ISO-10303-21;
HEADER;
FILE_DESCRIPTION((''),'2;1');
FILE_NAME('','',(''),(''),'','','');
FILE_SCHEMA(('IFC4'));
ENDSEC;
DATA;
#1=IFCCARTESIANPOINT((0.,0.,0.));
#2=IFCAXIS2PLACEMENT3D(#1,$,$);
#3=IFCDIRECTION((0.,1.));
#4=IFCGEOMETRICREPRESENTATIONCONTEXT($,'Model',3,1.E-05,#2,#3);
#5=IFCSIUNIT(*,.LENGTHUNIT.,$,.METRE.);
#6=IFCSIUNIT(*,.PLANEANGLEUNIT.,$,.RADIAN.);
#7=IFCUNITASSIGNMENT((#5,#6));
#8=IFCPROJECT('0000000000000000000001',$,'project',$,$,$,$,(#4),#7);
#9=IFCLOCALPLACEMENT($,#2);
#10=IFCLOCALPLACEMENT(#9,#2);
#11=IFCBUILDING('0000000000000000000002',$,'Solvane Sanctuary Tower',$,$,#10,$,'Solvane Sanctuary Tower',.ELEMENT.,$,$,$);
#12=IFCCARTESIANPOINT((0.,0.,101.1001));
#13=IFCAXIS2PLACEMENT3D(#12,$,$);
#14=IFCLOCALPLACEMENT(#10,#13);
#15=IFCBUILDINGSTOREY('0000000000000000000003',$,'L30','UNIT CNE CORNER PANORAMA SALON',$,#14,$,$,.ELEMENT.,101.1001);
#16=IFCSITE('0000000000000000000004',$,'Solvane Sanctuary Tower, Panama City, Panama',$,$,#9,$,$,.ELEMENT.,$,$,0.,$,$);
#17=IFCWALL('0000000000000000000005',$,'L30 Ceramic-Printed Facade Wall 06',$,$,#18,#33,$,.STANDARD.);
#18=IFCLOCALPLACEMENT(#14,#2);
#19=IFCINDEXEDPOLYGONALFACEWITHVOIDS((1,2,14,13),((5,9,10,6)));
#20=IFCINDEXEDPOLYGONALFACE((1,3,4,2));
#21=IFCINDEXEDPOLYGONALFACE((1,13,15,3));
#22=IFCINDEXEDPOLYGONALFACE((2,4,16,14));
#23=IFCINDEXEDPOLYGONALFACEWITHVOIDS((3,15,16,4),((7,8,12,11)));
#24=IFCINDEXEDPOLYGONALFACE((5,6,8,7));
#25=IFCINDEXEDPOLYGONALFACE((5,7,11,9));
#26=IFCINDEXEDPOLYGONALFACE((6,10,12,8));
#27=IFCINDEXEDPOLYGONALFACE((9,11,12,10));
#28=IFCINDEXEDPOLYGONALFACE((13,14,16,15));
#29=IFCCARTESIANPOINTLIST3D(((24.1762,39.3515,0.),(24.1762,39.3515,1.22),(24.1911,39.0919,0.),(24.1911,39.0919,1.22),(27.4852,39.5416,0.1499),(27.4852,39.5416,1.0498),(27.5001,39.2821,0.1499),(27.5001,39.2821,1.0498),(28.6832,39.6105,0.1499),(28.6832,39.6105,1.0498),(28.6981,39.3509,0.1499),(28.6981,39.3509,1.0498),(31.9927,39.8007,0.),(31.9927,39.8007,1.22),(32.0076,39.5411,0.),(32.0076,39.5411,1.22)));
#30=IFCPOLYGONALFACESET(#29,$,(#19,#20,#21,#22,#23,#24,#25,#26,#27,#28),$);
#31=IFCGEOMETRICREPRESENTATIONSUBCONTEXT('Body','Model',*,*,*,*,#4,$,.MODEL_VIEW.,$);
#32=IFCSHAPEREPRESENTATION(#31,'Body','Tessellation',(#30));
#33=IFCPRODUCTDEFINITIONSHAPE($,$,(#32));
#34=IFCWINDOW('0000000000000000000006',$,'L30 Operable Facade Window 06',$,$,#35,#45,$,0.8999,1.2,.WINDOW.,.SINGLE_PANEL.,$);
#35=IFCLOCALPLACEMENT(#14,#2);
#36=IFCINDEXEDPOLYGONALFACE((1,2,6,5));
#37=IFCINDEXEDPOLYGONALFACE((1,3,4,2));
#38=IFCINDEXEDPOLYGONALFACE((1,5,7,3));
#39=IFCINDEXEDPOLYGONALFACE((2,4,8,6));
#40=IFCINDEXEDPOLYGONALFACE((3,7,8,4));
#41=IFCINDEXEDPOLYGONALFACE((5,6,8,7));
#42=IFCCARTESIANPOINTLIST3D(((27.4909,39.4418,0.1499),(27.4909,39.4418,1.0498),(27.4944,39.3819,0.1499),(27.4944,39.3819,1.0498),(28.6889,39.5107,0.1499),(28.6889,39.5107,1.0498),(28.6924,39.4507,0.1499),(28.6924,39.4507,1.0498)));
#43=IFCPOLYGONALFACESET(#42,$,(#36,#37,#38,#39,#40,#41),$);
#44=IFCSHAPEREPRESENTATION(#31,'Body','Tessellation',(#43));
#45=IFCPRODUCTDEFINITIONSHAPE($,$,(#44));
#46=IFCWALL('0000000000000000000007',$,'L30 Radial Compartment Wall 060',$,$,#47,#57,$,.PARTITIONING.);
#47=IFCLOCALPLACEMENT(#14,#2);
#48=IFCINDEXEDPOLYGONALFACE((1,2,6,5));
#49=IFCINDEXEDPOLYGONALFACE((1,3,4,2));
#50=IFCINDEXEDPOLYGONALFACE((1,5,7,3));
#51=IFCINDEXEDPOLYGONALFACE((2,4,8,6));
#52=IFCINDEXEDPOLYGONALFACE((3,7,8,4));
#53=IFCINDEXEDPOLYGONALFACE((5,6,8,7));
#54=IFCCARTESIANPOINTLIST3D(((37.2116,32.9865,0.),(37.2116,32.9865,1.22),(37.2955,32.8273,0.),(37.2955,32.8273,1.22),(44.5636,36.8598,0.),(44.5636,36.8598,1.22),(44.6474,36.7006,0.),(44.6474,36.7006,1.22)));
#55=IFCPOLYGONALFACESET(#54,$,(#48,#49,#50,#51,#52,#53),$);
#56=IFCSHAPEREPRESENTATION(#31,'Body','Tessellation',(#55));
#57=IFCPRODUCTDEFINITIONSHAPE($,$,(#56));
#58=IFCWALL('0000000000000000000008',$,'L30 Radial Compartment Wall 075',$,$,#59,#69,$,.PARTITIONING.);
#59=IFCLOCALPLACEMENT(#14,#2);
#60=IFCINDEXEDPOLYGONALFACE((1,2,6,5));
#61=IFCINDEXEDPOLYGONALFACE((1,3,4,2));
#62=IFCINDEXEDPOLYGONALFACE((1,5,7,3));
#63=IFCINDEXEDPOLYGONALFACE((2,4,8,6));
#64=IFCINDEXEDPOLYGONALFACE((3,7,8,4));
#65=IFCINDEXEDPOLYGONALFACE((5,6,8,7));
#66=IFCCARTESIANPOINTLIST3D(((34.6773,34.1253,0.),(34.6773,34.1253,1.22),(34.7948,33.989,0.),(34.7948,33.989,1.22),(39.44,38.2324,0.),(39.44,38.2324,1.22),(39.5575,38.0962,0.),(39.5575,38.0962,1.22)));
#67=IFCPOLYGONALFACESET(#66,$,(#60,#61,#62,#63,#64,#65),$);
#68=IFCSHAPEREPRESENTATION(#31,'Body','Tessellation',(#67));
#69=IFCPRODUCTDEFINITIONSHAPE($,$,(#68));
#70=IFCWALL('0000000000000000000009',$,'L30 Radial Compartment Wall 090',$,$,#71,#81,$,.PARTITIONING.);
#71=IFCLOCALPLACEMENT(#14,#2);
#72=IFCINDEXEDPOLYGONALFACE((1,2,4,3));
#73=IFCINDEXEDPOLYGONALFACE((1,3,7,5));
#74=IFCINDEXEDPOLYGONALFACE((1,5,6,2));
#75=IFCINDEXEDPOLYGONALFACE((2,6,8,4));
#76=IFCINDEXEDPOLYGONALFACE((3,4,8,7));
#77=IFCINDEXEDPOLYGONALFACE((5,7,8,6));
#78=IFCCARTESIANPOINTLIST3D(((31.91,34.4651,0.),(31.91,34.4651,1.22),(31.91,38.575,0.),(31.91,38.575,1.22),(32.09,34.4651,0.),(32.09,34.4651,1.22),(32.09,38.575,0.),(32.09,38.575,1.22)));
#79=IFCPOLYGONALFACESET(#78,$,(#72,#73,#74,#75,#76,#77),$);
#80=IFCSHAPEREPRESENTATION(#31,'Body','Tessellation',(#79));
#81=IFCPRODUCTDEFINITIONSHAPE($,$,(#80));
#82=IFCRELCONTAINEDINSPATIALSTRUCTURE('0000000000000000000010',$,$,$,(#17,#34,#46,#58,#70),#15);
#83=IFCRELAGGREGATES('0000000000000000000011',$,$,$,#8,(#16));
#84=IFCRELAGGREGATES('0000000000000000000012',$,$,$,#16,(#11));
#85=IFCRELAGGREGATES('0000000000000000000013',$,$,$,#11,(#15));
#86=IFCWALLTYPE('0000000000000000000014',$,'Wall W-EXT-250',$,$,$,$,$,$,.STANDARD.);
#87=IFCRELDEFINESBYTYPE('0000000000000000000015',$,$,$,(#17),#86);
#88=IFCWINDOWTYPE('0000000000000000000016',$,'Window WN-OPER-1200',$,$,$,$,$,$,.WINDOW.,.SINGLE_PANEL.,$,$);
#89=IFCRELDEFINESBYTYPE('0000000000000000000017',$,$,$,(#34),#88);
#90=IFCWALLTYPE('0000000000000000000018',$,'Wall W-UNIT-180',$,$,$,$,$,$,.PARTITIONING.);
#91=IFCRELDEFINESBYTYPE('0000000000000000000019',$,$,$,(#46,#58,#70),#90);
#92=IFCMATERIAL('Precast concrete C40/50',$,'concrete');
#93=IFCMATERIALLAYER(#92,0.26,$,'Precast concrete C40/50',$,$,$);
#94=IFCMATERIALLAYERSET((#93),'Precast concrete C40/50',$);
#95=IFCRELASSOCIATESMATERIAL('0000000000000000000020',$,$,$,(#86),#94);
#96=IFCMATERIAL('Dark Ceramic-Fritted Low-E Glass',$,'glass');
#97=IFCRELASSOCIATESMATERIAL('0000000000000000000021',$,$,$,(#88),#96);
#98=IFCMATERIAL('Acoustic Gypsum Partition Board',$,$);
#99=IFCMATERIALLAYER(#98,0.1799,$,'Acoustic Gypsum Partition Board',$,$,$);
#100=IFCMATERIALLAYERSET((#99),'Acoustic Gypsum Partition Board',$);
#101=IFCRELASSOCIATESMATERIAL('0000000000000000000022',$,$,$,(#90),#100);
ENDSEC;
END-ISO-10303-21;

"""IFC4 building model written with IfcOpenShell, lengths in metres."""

from ifc_helpers import new_model, si_unit, direction, frame, frame_2d, origin, place, context, subcontext, project, spatial, rectangle, extrude, material, layer, layer_set, type_object, element, fill, save


model = new_model("IFC4")

# Units and contexts
model_context = context("Model", 3, precision=1e-05, world=origin(), true_north=direction((0.0, 1.0)))
body_context = subcontext(model_context, "Body", "Model", "MODEL_VIEW")
ifc_project = project(units=[si_unit("LENGTHUNIT", "METRE"), si_unit("PLANEANGLEUNIT", "RADIAN")], contexts=[model_context])

# Site, building, storey
site_placement = place(None, origin())
site = spatial("IfcSite", under=ifc_project, at=site_placement, Name="Solvane Sanctuary Tower, Panama City, Panama", CompositionType="ELEMENT", RefElevation=0.0)
building_placement = place(site_placement, origin())
building = spatial("IfcBuilding", under=site, at=building_placement, Name="Solvane Sanctuary Tower", LongName="Solvane Sanctuary Tower", CompositionType="ELEMENT")
storey_placement = place(building_placement, frame((0.0, 0.0, 101.1001)))
storey = spatial("IfcBuildingStorey", under=building, at=storey_placement, Name="L30", Description="UNIT CNE CORNER PANORAMA SALON", CompositionType="ELEMENT", Elevation=101.1001)

# Shared definitions
ifc_material_1 = material(Name="Acoustic Gypsum Partition Board")

# Wall, opening, window
ifc_material_2 = material(Name="Precast concrete C40/50", Category="concrete")
ifc_layer_1 = layer(ifc_material_2, 0.26, Name="Precast concrete C40/50")
ifc_layer_set_1 = layer_set([ifc_layer_1], Name="Precast concrete C40/50")
wall_type_1 = type_object("IfcWallType", Name="Wall W-EXT-250", PredefinedType="STANDARD", material=ifc_layer_set_1)
wall_1_placement = place(storey_placement, frame((32.0, 39.6709, 0.0), z_axis=(0.0, 0.0, 1.0), x_axis=(-0.998353, -0.057377, 0.0)))
wall_1 = element("IfcWall", 1, at=wall_1_placement, inside=storey, type_object=wall_type_1, Name="L30 Ceramic-Printed Facade Wall 06", PredefinedType="STANDARD", context=body_context, shape_type="SweptSolid", body=[
    extrude(rectangle(XDim=7.8293, YDim=0.26, at=frame_2d((3.9146, 0.0))), origin(), (0.0, 0.0, 1.0), 1.22),
])
opening_1_placement = place(wall_1_placement, frame((3.3147, 0.0, 0.1499)))
opening_1 = element("IfcOpeningElement", 2, at=opening_1_placement, cuts=wall_1, PredefinedType="OPENING", context=body_context, shape_type="SweptSolid", body=[
    extrude(rectangle(XDim=1.2, YDim=0.8999, at=frame_2d((0.6001, 0.45))), frame((0.0, 0.1399, 0.0), z_axis=(0.0, -1.0, 0.0), x_axis=(1.0, 0.0, 0.0)), (0.0, 0.0, 1.0), 0.28),
])
ifc_material_3 = material(Name="Dark Ceramic-Fritted Low-E Glass", Category="glass")
window_type = type_object("IfcWindowType", Name="Window WN-OPER-1200", PartitioningType="SINGLE_PANEL", PredefinedType="WINDOW", material=ifc_material_3)
window_placement = place(opening_1_placement, origin())
window = element("IfcWindow", 3, at=window_placement, inside=storey, type_object=window_type, Name="L30 Operable Facade Window 06", OverallHeight=0.8999, OverallWidth=1.2, PartitioningType="SINGLE_PANEL", PredefinedType="WINDOW", context=body_context, shape_type="SweptSolid", body=[
    extrude(rectangle(XDim=1.2, YDim=0.8999, at=frame_2d((0.6001, 0.45))), frame((0.0, 0.03, 0.0), z_axis=(0.0, -1.0, 0.0), x_axis=(1.0, 0.0, 0.0)), (0.0, 0.0, 1.0), 0.0601),
])
fill(opening_1, window)

# Walls
ifc_layer_2 = layer(ifc_material_1, 0.1799, Name="Acoustic Gypsum Partition Board")
ifc_layer_set_2 = layer_set([ifc_layer_2], Name="Acoustic Gypsum Partition Board")
wall_type_2 = type_object("IfcWallType", Name="Wall W-UNIT-180", PredefinedType="PARTITIONING", material=ifc_layer_set_2)
wall_2_placement = place(storey_placement, frame((37.2537, 32.907, 0.0), z_axis=(0.0, 0.0, 1.0), x_axis=(0.88473, 0.466104, 0.0)))
element("IfcWall", 4, at=wall_2_placement, inside=storey, type_object=wall_type_2, Name="L30 Radial Compartment Wall 060", PredefinedType="PARTITIONING", context=body_context, shape_type="SweptSolid", body=[
    extrude(rectangle(XDim=8.3098, YDim=0.1799, at=frame_2d((4.1548, 0.0))), origin(), (0.0, 0.0, 1.0), 1.22),
])
wall_3_placement = place(storey_placement, frame((34.7361, 34.0571, 0.0), z_axis=(0.0, 0.0, 1.0), x_axis=(0.757299, 0.653068, 0.0)))
element("IfcWall", 5, at=wall_3_placement, inside=storey, type_object=wall_type_2, Name="L30 Radial Compartment Wall 075", PredefinedType="PARTITIONING", context=body_context, shape_type="SweptSolid", body=[
    extrude(rectangle(XDim=6.2891, YDim=0.1799, at=frame_2d((3.1445, 0.0))), origin(), (0.0, 0.0, 1.0), 1.22),
])
wall_4_placement = place(storey_placement, frame((32.0, 34.4651, 0.0), z_axis=(0.0, 0.0, 1.0), x_axis=(0.0, 1.0, 0.0)))
element("IfcWall", 6, at=wall_4_placement, inside=storey, type_object=wall_type_2, Name="L30 Radial Compartment Wall 090", PredefinedType="PARTITIONING", context=body_context, shape_type="SweptSolid", body=[
    extrude(rectangle(XDim=4.1099, YDim=0.1799, at=frame_2d((2.0549, 0.0))), origin(), (0.0, 0.0, 1.0), 1.22),
])

save(model, "model.ifc")
